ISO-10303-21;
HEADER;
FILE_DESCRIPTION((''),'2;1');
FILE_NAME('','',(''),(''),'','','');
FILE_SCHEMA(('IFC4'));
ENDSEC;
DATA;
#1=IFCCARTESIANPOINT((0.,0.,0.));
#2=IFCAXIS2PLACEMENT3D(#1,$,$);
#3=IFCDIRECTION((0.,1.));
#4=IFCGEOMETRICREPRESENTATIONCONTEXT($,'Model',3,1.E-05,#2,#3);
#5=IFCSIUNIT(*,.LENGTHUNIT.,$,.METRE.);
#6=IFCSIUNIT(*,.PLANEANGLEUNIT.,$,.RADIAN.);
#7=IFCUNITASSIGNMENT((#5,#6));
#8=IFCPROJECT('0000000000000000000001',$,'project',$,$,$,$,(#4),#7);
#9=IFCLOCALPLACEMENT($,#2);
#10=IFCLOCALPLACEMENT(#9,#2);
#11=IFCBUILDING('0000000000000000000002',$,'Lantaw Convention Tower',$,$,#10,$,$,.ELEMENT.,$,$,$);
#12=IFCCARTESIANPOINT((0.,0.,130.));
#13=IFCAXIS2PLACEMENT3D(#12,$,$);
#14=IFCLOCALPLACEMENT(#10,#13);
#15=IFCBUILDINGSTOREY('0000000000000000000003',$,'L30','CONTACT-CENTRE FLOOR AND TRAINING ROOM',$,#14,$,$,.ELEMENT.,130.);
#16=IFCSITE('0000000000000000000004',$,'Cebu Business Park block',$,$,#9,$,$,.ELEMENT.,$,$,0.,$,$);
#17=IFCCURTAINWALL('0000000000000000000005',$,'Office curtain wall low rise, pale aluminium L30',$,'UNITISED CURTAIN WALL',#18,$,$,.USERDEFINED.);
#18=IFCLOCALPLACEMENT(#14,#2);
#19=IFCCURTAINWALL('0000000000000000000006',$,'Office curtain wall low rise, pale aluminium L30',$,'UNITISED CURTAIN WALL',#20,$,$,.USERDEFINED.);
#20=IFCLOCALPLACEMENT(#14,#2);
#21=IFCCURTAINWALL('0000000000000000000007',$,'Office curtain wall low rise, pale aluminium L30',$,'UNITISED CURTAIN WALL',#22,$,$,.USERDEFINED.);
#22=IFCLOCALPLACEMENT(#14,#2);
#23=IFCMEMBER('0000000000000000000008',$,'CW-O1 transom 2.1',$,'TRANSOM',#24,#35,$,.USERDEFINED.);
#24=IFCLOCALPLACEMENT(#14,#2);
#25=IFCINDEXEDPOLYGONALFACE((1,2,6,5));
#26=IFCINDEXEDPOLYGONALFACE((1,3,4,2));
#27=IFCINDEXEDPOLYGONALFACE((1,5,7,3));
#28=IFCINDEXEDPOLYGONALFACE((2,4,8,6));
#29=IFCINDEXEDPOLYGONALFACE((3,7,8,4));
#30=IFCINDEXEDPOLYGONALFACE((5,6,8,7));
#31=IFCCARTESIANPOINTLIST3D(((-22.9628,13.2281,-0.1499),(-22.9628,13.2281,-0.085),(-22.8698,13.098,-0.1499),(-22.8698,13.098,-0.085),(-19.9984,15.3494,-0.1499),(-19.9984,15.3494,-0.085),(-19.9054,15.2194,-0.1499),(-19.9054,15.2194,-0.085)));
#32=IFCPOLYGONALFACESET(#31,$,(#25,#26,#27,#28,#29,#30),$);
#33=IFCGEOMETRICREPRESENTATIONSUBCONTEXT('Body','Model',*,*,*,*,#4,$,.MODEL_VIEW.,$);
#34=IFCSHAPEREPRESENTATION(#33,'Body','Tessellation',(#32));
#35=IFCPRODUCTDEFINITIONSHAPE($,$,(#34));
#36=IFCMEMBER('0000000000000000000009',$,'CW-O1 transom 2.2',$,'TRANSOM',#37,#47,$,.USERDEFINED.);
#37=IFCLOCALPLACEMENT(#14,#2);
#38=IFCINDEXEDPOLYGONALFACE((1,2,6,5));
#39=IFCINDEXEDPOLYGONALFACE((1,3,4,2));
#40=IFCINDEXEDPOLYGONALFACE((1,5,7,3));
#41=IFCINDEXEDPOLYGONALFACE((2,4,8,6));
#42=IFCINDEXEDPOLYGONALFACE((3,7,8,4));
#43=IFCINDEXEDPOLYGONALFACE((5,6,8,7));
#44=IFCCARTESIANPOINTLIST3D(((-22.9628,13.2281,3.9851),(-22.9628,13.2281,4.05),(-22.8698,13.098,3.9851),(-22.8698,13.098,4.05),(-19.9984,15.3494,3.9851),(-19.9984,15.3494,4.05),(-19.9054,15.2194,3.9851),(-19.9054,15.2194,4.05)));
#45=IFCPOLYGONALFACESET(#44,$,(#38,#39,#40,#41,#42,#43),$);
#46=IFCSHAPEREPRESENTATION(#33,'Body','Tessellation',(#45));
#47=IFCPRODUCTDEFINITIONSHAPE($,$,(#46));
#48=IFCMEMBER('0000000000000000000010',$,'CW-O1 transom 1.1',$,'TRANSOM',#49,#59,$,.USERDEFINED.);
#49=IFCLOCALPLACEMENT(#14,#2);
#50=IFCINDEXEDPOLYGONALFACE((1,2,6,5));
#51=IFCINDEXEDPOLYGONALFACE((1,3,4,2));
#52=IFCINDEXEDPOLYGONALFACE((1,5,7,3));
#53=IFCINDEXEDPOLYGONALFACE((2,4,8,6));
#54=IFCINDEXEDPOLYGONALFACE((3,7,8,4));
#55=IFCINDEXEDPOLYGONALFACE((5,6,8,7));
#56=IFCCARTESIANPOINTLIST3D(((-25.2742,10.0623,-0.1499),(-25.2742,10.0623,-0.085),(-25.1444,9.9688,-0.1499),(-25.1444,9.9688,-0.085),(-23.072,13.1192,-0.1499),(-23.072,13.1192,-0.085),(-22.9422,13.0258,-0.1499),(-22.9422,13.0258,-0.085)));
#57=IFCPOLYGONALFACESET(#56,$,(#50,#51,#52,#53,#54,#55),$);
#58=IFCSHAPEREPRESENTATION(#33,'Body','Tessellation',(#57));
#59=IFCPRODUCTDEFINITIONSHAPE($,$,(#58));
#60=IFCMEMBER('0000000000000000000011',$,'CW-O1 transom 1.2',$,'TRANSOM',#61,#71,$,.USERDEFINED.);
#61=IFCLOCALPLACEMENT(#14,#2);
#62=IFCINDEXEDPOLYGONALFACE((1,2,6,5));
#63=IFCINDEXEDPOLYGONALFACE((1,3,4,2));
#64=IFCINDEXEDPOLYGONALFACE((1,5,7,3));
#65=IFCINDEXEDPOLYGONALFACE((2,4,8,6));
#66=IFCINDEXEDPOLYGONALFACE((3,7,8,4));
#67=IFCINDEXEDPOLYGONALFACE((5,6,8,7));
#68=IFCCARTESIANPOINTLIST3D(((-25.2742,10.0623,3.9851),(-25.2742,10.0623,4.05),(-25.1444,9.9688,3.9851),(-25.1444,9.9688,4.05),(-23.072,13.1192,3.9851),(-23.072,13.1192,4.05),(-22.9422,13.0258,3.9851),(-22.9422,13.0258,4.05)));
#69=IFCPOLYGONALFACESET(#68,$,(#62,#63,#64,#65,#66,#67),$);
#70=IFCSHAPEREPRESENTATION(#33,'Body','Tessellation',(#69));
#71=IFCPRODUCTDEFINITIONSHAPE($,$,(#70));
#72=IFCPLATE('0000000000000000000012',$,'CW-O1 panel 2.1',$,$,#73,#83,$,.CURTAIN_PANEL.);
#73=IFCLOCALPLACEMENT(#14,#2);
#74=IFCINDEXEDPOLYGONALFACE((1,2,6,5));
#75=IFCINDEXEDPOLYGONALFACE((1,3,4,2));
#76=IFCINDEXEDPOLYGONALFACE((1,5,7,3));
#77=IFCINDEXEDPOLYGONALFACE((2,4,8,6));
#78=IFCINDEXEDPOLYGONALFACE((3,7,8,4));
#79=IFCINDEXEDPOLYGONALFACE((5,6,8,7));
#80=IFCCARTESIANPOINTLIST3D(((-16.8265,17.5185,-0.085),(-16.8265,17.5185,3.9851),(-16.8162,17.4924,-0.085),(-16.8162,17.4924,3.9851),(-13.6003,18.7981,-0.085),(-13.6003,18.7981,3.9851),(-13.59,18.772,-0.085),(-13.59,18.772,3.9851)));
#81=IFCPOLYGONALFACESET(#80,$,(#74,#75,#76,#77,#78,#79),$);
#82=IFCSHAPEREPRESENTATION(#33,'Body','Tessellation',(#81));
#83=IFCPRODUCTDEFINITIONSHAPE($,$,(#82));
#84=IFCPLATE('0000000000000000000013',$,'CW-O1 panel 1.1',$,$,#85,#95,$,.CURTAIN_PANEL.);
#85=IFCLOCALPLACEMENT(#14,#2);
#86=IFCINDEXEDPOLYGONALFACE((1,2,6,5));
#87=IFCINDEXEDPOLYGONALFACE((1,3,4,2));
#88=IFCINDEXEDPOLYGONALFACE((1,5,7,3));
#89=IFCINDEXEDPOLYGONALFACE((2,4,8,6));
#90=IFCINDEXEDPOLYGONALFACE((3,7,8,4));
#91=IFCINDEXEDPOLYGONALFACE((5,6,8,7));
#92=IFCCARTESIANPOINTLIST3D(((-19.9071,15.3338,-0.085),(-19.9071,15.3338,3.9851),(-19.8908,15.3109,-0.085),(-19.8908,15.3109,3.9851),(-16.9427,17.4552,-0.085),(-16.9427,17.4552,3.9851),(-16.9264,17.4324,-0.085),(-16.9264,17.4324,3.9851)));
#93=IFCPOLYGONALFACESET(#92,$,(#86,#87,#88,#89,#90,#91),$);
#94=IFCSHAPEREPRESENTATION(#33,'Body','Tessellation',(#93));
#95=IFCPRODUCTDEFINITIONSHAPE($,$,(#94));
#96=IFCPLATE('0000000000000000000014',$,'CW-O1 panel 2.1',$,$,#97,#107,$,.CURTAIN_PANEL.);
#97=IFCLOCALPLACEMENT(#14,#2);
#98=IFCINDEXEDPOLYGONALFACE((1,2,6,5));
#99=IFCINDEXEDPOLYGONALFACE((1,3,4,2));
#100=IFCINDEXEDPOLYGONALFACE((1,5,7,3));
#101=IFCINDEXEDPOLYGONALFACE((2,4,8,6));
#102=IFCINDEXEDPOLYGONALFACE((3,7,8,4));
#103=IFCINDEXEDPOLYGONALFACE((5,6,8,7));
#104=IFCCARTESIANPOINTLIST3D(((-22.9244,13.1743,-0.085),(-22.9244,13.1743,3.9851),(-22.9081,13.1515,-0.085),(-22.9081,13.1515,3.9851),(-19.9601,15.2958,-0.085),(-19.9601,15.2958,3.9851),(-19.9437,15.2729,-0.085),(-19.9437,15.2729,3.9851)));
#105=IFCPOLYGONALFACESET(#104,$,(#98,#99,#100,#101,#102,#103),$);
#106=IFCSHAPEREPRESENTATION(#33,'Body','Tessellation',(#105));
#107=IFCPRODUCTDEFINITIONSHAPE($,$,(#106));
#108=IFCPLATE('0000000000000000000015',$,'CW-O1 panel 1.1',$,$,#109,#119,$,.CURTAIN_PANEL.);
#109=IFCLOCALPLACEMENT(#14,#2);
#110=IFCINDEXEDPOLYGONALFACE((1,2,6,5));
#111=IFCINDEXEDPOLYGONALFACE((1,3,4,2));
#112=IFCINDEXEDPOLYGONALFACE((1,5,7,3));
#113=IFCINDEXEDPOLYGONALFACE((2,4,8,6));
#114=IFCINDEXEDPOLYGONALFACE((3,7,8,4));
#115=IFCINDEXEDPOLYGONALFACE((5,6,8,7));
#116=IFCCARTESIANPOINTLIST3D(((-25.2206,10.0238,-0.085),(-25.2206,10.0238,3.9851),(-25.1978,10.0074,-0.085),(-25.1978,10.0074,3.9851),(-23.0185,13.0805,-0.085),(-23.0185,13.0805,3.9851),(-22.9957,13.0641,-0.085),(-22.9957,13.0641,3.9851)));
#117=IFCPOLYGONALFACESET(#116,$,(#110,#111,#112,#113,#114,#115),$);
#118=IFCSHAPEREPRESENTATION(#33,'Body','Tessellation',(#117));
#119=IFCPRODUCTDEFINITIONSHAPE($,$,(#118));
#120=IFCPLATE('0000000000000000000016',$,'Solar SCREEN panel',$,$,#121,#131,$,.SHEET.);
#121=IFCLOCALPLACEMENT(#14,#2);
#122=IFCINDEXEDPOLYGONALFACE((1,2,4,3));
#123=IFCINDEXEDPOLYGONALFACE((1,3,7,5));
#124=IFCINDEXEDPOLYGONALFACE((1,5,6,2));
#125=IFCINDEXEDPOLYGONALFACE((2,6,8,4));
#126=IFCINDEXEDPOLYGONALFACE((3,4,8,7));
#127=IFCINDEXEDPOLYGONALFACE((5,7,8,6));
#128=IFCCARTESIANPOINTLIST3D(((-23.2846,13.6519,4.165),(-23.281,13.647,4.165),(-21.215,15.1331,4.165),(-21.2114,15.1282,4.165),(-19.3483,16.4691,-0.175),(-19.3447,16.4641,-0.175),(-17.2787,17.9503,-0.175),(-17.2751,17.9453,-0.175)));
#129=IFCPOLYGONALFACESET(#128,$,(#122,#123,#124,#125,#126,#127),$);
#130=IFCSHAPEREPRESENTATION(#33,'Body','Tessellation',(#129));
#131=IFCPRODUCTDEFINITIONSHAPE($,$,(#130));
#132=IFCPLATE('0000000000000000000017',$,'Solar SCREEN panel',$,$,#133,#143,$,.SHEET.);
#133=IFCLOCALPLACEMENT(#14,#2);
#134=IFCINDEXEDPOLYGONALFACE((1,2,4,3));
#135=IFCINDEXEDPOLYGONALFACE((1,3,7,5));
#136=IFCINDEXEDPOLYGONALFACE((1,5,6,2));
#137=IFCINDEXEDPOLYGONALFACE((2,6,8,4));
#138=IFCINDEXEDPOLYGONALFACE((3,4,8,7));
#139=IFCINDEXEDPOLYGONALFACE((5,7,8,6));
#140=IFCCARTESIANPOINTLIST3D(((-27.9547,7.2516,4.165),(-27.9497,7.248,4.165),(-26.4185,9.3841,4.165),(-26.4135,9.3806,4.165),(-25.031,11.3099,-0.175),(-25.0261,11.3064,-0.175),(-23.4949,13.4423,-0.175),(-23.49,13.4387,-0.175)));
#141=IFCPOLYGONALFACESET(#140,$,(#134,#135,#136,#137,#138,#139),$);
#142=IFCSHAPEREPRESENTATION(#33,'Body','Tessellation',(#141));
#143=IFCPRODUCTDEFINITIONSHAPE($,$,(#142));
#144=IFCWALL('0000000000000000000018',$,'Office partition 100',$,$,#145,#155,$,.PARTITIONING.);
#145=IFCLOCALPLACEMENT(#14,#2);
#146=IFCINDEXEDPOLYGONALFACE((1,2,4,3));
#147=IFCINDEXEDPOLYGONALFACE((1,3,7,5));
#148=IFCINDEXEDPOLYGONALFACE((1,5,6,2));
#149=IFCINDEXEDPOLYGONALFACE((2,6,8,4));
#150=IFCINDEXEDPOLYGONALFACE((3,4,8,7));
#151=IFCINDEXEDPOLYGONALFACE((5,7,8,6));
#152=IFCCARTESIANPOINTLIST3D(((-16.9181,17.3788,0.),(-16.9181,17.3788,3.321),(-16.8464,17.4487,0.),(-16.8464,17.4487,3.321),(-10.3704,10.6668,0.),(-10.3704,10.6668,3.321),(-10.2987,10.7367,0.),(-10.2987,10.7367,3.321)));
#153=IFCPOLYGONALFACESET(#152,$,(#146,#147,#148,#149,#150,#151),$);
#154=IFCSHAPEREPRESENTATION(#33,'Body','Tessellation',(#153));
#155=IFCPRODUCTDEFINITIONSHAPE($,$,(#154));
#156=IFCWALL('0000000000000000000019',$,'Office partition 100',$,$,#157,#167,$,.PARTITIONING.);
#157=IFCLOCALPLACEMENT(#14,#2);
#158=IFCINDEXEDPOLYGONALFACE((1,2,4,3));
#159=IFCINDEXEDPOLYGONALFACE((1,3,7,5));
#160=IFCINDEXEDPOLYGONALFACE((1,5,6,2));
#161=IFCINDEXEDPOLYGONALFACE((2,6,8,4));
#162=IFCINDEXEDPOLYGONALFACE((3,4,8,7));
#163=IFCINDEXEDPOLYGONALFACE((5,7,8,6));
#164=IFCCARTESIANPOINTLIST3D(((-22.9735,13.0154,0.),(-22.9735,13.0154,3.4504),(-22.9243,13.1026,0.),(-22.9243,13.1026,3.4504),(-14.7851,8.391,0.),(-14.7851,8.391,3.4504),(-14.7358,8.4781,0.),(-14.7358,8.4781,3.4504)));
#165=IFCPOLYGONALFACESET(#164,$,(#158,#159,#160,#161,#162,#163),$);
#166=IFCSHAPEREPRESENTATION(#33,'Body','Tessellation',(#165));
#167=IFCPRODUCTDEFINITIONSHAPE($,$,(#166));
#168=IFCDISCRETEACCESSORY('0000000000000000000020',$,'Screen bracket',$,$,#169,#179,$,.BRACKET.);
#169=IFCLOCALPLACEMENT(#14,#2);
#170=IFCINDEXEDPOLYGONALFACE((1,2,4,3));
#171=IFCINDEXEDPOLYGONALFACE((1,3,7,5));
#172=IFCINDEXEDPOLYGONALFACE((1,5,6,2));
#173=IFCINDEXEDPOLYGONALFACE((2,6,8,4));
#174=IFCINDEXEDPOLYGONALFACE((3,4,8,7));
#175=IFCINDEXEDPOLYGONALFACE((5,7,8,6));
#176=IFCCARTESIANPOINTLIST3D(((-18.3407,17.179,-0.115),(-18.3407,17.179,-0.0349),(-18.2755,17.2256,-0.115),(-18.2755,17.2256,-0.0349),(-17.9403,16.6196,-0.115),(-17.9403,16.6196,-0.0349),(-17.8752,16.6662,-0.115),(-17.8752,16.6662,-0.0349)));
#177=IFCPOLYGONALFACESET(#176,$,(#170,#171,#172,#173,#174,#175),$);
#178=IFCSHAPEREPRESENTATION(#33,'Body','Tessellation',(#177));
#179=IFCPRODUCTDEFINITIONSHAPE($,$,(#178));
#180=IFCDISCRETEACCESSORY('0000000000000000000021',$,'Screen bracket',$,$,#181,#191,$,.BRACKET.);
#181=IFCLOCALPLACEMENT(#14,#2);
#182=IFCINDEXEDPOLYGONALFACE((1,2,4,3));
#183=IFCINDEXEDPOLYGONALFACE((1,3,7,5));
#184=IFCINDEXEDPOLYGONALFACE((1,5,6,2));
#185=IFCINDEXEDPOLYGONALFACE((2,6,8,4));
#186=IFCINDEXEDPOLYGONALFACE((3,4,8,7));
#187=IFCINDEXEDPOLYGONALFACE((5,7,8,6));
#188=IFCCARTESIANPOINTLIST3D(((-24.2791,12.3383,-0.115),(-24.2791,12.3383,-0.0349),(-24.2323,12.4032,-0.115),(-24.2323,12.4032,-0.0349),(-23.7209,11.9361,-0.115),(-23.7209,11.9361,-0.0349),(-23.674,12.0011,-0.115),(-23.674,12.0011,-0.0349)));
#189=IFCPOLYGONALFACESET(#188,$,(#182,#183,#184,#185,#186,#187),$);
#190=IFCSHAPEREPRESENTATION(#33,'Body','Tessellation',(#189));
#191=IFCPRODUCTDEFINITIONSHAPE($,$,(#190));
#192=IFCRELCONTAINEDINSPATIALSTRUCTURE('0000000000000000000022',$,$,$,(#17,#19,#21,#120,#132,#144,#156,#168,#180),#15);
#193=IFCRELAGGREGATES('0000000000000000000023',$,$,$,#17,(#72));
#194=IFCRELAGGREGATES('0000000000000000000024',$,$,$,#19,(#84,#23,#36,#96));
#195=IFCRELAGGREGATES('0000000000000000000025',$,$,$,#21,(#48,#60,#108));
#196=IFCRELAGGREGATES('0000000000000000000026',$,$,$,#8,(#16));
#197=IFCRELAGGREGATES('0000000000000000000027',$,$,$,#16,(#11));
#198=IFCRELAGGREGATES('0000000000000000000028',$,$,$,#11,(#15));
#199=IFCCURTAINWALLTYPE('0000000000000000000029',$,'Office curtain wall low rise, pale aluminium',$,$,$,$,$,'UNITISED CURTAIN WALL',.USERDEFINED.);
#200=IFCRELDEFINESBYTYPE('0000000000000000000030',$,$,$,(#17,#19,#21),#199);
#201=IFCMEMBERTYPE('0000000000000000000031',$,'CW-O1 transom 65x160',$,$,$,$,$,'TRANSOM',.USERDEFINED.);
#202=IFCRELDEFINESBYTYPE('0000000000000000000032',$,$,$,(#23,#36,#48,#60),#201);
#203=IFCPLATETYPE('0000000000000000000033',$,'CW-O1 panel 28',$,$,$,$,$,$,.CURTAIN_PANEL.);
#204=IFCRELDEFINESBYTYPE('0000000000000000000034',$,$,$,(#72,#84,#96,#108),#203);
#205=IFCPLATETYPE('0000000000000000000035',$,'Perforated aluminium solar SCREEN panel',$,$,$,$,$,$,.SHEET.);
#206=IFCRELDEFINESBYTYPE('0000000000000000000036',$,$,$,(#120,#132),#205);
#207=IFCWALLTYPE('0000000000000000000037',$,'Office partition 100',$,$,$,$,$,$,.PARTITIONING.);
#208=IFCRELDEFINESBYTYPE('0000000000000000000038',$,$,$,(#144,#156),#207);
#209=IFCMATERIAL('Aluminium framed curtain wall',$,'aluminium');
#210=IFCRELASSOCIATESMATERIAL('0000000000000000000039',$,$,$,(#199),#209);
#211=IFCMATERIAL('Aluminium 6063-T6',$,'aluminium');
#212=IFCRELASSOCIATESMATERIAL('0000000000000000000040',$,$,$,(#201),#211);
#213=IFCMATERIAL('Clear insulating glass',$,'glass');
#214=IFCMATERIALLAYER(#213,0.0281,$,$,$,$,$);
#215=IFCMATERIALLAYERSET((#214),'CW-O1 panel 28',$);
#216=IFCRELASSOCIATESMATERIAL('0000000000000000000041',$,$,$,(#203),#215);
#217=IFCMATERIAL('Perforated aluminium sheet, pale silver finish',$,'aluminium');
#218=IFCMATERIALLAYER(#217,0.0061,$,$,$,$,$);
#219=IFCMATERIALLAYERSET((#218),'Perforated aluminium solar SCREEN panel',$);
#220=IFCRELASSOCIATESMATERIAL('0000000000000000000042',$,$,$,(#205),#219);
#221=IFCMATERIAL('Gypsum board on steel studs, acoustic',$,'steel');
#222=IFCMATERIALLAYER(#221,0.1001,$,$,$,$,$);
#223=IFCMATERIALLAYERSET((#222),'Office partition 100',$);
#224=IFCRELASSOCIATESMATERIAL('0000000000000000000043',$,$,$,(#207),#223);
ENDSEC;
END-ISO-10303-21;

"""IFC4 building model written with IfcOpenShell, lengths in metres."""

from ifc_helpers import new_model, si_unit, direction, frame, frame_2d, origin, origin_2d, place, context, subcontext, project, spatial, polyline, rectangle, outline, extrude, material, layer, layer_set, material_profile, profile_set, type_object, element, aggregate, save


model = new_model("IFC4")

# Units and contexts
model_context = context("Model", 3, precision=1e-05, world=origin(), true_north=direction((0.0, 1.0)))
body_context = subcontext(model_context, "Body", "Model", "MODEL_VIEW")
ifc_project = project(units=[si_unit("LENGTHUNIT", "METRE"), si_unit("PLANEANGLEUNIT", "RADIAN")], contexts=[model_context])

# Site, building, storey
site_placement = place(None, origin())
site = spatial("IfcSite", under=ifc_project, at=site_placement, Name="Cebu Business Park block", CompositionType="ELEMENT", RefElevation=0.0)
building_placement = place(site_placement, origin())
building = spatial("IfcBuilding", under=site, at=building_placement, Name="Lantaw Convention Tower", CompositionType="ELEMENT")
storey_placement = place(building_placement, frame((0.0, 0.0, 130.0)))
storey = spatial("IfcBuildingStorey", under=building, at=storey_placement, Name="L30", Description="CONTACT-CENTRE FLOOR AND TRAINING ROOM", CompositionType="ELEMENT", Elevation=130.0)

# Curtain walls
ifc_material_1 = material(Name="Aluminium framed curtain wall", Category="aluminium")
curtain_wall_type = type_object("IfcCurtainWallType", Name="Office curtain wall low rise, pale aluminium", ElementType="UNITISED CURTAIN WALL", PredefinedType="USERDEFINED", material=ifc_material_1)
curtain_wall_1_placement = place(storey_placement, origin())
curtain_wall_1 = element("IfcCurtainWall", 1, at=curtain_wall_1_placement, inside=storey, type_object=curtain_wall_type, Name="Office curtain wall low rise, pale aluminium L30", ObjectType="UNITISED CURTAIN WALL", PredefinedType="USERDEFINED")
ifc_material_2 = material(Name="Aluminium 6063-T6", Category="aluminium")
curtain_wall_2_placement = place(storey_placement, origin())
curtain_wall_2 = element("IfcCurtainWall", 2, at=curtain_wall_2_placement, inside=storey, type_object=curtain_wall_type, Name="Office curtain wall low rise, pale aluminium L30", ObjectType="UNITISED CURTAIN WALL", PredefinedType="USERDEFINED")
curtain_wall_3_placement = place(storey_placement, origin())
curtain_wall_3 = element("IfcCurtainWall", 3, at=curtain_wall_3_placement, inside=storey, type_object=curtain_wall_type, Name="Office curtain wall low rise, pale aluminium L30", ObjectType="UNITISED CURTAIN WALL", PredefinedType="USERDEFINED")

# Members
ifc_material_profile_1 = material_profile(ifc_material_2, rectangle(XDim=0.1599, YDim=0.0649, at=origin_2d()), Name="CW-O1 transom 65x160")
ifc_profile_set_1 = profile_set([ifc_material_profile_1], Name="Aluminium 6063-T6")
member_type_1 = type_object("IfcMemberType", Name="CW-O1 transom 65x160", ElementType="TRANSOM", PredefinedType="USERDEFINED", material=ifc_profile_set_1)
member_1_placement = place(storey_placement, frame((-19.9519, 15.2844, -0.1174), z_axis=(-0.813222, -0.581954, 0.0), x_axis=(0.581954, -0.813222, 0.0)))
member_1 = element("IfcMember", 4, at=member_1_placement, type_object=member_type_1, Name="CW-O1 transom 2.1", ObjectType="TRANSOM", PredefinedType="USERDEFINED", context=body_context, shape_type="SweptSolid", body=[
    extrude(rectangle(XDim=0.1599, YDim=0.0649, at=origin_2d()), origin(), (0.0, 0.0, 1.0), 3.6453),
])
member_2_placement = place(storey_placement, frame((-19.9519, 15.2844, 4.0176), z_axis=(-0.813222, -0.581954, 0.0), x_axis=(0.581954, -0.813222, 0.0)))
member_2 = element("IfcMember", 5, at=member_2_placement, type_object=member_type_1, Name="CW-O1 transom 2.2", ObjectType="TRANSOM", PredefinedType="USERDEFINED", context=body_context, shape_type="SweptSolid", body=[
    extrude(rectangle(XDim=0.1599, YDim=0.0649, at=origin_2d()), origin(), (0.0, 0.0, 1.0), 3.6453),
])
member_3_placement = place(storey_placement, frame((-23.0071, 13.0725, -0.1174), z_axis=(-0.584513, -0.811384, 0.0), x_axis=(0.811384, -0.584513, 0.0)))
member_3 = element("IfcMember", 6, at=member_3_placement, type_object=member_type_1, Name="CW-O1 transom 1.1", ObjectType="TRANSOM", PredefinedType="USERDEFINED", context=body_context, shape_type="SweptSolid", body=[
    extrude(rectangle(XDim=0.1599, YDim=0.0649, at=origin_2d()), origin(), (0.0, 0.0, 1.0), 3.7676),
])
member_4_placement = place(storey_placement, frame((-23.0071, 13.0725, 4.0176), z_axis=(-0.584513, -0.811384, 0.0), x_axis=(0.811384, -0.584513, 0.0)))
member_4 = element("IfcMember", 7, at=member_4_placement, type_object=member_type_1, Name="CW-O1 transom 1.2", ObjectType="TRANSOM", PredefinedType="USERDEFINED", context=body_context, shape_type="SweptSolid", body=[
    extrude(rectangle(XDim=0.1599, YDim=0.0649, at=origin_2d()), origin(), (0.0, 0.0, 1.0), 3.7676),
])

# Plates
ifc_material_3 = material(Name="Clear insulating glass", Category="glass")
ifc_layer_1 = layer(ifc_material_3, 0.0281)
ifc_layer_set_1 = layer_set([ifc_layer_1], Name="CW-O1 panel 28")
plate_type_1 = type_object("IfcPlateType", Name="CW-O1 panel 28", PredefinedType="CURTAIN_PANEL", material=ifc_layer_set_1)
plate_1_placement = place(storey_placement, frame((-15.2083, 18.1453, -0.085), z_axis=(0.0, 0.0, 1.0), x_axis=(-0.929548, -0.368702, 0.0)))
plate_1 = element("IfcPlate", 8, at=plate_1_placement, type_object=plate_type_1, Name="CW-O1 panel 2.1", PredefinedType="CURTAIN_PANEL", context=body_context, shape_type="SweptSolid", body=[
    extrude(rectangle(XDim=3.4707, YDim=0.0281, at=origin_2d()), origin(), (0.0, 0.0, 1.0), 4.0701),
])
aggregate(curtain_wall_1, [plate_1])
plate_2_placement = place(storey_placement, frame((-18.4167, 16.3831, -0.085), z_axis=(0.0, 0.0, 1.0), x_axis=(-0.813208, -0.581973, 0.0)))
plate_2 = element("IfcPlate", 9, at=plate_2_placement, type_object=plate_type_1, Name="CW-O1 panel 1.1", PredefinedType="CURTAIN_PANEL", context=body_context, shape_type="SweptSolid", body=[
    extrude(rectangle(XDim=3.6453, YDim=0.0281, at=origin_2d()), origin(), (0.0, 0.0, 1.0), 4.0701),
])
plate_3_placement = place(storey_placement, frame((-21.4341, 14.2236, -0.085), z_axis=(0.0, 0.0, 1.0), x_axis=(-0.813208, -0.581973, 0.0)))
plate_3 = element("IfcPlate", 10, at=plate_3_placement, type_object=plate_type_1, Name="CW-O1 panel 2.1", PredefinedType="CURTAIN_PANEL", context=body_context, shape_type="SweptSolid", body=[
    extrude(rectangle(XDim=3.6453, YDim=0.0281, at=origin_2d()), origin(), (0.0, 0.0, 1.0), 4.0701),
])
aggregate(curtain_wall_2, [plate_2, member_1, member_2, plate_3])
plate_4_placement = place(storey_placement, frame((-24.1082, 11.5439, -0.085), z_axis=(0.0, 0.0, 1.0), x_axis=(-0.584513, -0.811385, 0.0)))
plate_4 = element("IfcPlate", 11, at=plate_4_placement, type_object=plate_type_1, Name="CW-O1 panel 1.1", PredefinedType="CURTAIN_PANEL", context=body_context, shape_type="SweptSolid", body=[
    extrude(rectangle(XDim=3.7673, YDim=0.0281, at=origin_2d()), origin(), (0.0, 0.0, 1.0), 4.0701),
])
aggregate(curtain_wall_3, [member_3, member_4, plate_4])

# Plates
ifc_material_4 = material(Name="Perforated aluminium sheet, pale silver finish", Category="aluminium")
ifc_layer_2 = layer(ifc_material_4, 0.0061)
ifc_layer_set_2 = layer_set([ifc_layer_2], Name="Perforated aluminium solar SCREEN panel")
plate_type_2 = type_object("IfcPlateType", Name="Perforated aluminium solar SCREEN panel", PredefinedType="SHEET", material=ifc_layer_set_2)
plate_5_placement = place(storey_placement, frame((-17.2751, 17.9453, -0.175), z_axis=(0.582, -0.813189, 0.000012), x_axis=(-0.813189, -0.582, 0.0)))
element("IfcPlate", 12, at=plate_5_placement, inside=storey, type_object=plate_type_2, Name="Solar SCREEN panel", PredefinedType="SHEET", context=body_context, shape_type="SweptSolid", body=[
    extrude(outline(polyline([(0.0, 0.0), (2.545, 0.0), (7.3855, -4.3401), (4.8405, -4.3401), (0.0, 0.0)])), origin(), (0.0, 0.0, -1.0), 0.0061),
])
plate_6_placement = place(storey_placement, frame((-23.49, 13.4387, -0.175), z_axis=(0.811395, -0.584498, 0.000036), x_axis=(-0.584498, -0.811395, 0.0)))
element("IfcPlate", 13, at=plate_6_placement, inside=storey, type_object=plate_type_2, Name="Solar SCREEN panel", PredefinedType="SHEET", context=body_context, shape_type="SweptSolid", body=[
    extrude(outline(polyline([(0.0, 0.0), (2.628, 0.0), (7.6298, -4.3401), (5.0016, -4.3401), (0.0, 0.0)])), origin(), (0.0, 0.0, -1.0), 0.0061),
])

# Walls
ifc_material_5 = material(Name="Gypsum board on steel studs, acoustic", Category="steel")
ifc_layer_3 = layer(ifc_material_5, 0.1001)
ifc_layer_set_3 = layer_set([ifc_layer_3], Name="Office partition 100")
wall_type = type_object("IfcWallType", Name="Office partition 100", PredefinedType="PARTITIONING", material=ifc_layer_set_3)
wall_1_placement = place(storey_placement, frame((-16.8823, 17.4138, 0.0), z_axis=(0.0, 0.0, 1.0), x_axis=(0.698291, -0.715814, 0.0)))
element("IfcWall", 14, at=wall_1_placement, inside=storey, type_object=wall_type, Name="Office partition 100", PredefinedType="PARTITIONING", context=body_context, shape_type="SweptSolid", body=[
    extrude(rectangle(XDim=9.3767, YDim=0.1001, at=frame_2d((4.6885, 0.0))), origin(), (0.0, 0.0, 1.0), 3.321),
])
wall_2_placement = place(storey_placement, frame((-22.949, 13.0591, 0.0), z_axis=(0.0, 0.0, 1.0), x_axis=(0.870734, -0.491754, 0.0)))
element("IfcWall", 15, at=wall_2_placement, inside=storey, type_object=wall_type, Name="Office partition 100", PredefinedType="PARTITIONING", context=body_context, shape_type="SweptSolid", body=[
    extrude(rectangle(XDim=9.4041, YDim=0.1001, at=frame_2d((4.7021, 0.0))), origin(), (0.0, 0.0, 1.0), 3.4504),
])

# Discrete accessories
for number, where, z_axis, x_axis, name in (
    (16, (-18.1079, 16.9226, -0.115), (0.0, 0.0, 1.0), (-0.813208, -0.581973, 0.0), "Screen bracket"),
    (17, (-23.9766, 12.1697, -0.115), (0.0, 0.0, 1.0), (-0.584513, -0.811385, 0.0), "Screen bracket"),
):
    element("IfcDiscreteAccessory", number, at=place(storey_placement, frame(where, z_axis=z_axis, x_axis=x_axis)), inside=storey, Name=name, PredefinedType="BRACKET", context=body_context, shape_type="SweptSolid", body=[
        extrude(rectangle(XDim=0.0801, YDim=0.688, at=origin_2d()), origin(), (0.0, 0.0, 1.0), 0.0801),
    ])

save(model, "model.ifc")
